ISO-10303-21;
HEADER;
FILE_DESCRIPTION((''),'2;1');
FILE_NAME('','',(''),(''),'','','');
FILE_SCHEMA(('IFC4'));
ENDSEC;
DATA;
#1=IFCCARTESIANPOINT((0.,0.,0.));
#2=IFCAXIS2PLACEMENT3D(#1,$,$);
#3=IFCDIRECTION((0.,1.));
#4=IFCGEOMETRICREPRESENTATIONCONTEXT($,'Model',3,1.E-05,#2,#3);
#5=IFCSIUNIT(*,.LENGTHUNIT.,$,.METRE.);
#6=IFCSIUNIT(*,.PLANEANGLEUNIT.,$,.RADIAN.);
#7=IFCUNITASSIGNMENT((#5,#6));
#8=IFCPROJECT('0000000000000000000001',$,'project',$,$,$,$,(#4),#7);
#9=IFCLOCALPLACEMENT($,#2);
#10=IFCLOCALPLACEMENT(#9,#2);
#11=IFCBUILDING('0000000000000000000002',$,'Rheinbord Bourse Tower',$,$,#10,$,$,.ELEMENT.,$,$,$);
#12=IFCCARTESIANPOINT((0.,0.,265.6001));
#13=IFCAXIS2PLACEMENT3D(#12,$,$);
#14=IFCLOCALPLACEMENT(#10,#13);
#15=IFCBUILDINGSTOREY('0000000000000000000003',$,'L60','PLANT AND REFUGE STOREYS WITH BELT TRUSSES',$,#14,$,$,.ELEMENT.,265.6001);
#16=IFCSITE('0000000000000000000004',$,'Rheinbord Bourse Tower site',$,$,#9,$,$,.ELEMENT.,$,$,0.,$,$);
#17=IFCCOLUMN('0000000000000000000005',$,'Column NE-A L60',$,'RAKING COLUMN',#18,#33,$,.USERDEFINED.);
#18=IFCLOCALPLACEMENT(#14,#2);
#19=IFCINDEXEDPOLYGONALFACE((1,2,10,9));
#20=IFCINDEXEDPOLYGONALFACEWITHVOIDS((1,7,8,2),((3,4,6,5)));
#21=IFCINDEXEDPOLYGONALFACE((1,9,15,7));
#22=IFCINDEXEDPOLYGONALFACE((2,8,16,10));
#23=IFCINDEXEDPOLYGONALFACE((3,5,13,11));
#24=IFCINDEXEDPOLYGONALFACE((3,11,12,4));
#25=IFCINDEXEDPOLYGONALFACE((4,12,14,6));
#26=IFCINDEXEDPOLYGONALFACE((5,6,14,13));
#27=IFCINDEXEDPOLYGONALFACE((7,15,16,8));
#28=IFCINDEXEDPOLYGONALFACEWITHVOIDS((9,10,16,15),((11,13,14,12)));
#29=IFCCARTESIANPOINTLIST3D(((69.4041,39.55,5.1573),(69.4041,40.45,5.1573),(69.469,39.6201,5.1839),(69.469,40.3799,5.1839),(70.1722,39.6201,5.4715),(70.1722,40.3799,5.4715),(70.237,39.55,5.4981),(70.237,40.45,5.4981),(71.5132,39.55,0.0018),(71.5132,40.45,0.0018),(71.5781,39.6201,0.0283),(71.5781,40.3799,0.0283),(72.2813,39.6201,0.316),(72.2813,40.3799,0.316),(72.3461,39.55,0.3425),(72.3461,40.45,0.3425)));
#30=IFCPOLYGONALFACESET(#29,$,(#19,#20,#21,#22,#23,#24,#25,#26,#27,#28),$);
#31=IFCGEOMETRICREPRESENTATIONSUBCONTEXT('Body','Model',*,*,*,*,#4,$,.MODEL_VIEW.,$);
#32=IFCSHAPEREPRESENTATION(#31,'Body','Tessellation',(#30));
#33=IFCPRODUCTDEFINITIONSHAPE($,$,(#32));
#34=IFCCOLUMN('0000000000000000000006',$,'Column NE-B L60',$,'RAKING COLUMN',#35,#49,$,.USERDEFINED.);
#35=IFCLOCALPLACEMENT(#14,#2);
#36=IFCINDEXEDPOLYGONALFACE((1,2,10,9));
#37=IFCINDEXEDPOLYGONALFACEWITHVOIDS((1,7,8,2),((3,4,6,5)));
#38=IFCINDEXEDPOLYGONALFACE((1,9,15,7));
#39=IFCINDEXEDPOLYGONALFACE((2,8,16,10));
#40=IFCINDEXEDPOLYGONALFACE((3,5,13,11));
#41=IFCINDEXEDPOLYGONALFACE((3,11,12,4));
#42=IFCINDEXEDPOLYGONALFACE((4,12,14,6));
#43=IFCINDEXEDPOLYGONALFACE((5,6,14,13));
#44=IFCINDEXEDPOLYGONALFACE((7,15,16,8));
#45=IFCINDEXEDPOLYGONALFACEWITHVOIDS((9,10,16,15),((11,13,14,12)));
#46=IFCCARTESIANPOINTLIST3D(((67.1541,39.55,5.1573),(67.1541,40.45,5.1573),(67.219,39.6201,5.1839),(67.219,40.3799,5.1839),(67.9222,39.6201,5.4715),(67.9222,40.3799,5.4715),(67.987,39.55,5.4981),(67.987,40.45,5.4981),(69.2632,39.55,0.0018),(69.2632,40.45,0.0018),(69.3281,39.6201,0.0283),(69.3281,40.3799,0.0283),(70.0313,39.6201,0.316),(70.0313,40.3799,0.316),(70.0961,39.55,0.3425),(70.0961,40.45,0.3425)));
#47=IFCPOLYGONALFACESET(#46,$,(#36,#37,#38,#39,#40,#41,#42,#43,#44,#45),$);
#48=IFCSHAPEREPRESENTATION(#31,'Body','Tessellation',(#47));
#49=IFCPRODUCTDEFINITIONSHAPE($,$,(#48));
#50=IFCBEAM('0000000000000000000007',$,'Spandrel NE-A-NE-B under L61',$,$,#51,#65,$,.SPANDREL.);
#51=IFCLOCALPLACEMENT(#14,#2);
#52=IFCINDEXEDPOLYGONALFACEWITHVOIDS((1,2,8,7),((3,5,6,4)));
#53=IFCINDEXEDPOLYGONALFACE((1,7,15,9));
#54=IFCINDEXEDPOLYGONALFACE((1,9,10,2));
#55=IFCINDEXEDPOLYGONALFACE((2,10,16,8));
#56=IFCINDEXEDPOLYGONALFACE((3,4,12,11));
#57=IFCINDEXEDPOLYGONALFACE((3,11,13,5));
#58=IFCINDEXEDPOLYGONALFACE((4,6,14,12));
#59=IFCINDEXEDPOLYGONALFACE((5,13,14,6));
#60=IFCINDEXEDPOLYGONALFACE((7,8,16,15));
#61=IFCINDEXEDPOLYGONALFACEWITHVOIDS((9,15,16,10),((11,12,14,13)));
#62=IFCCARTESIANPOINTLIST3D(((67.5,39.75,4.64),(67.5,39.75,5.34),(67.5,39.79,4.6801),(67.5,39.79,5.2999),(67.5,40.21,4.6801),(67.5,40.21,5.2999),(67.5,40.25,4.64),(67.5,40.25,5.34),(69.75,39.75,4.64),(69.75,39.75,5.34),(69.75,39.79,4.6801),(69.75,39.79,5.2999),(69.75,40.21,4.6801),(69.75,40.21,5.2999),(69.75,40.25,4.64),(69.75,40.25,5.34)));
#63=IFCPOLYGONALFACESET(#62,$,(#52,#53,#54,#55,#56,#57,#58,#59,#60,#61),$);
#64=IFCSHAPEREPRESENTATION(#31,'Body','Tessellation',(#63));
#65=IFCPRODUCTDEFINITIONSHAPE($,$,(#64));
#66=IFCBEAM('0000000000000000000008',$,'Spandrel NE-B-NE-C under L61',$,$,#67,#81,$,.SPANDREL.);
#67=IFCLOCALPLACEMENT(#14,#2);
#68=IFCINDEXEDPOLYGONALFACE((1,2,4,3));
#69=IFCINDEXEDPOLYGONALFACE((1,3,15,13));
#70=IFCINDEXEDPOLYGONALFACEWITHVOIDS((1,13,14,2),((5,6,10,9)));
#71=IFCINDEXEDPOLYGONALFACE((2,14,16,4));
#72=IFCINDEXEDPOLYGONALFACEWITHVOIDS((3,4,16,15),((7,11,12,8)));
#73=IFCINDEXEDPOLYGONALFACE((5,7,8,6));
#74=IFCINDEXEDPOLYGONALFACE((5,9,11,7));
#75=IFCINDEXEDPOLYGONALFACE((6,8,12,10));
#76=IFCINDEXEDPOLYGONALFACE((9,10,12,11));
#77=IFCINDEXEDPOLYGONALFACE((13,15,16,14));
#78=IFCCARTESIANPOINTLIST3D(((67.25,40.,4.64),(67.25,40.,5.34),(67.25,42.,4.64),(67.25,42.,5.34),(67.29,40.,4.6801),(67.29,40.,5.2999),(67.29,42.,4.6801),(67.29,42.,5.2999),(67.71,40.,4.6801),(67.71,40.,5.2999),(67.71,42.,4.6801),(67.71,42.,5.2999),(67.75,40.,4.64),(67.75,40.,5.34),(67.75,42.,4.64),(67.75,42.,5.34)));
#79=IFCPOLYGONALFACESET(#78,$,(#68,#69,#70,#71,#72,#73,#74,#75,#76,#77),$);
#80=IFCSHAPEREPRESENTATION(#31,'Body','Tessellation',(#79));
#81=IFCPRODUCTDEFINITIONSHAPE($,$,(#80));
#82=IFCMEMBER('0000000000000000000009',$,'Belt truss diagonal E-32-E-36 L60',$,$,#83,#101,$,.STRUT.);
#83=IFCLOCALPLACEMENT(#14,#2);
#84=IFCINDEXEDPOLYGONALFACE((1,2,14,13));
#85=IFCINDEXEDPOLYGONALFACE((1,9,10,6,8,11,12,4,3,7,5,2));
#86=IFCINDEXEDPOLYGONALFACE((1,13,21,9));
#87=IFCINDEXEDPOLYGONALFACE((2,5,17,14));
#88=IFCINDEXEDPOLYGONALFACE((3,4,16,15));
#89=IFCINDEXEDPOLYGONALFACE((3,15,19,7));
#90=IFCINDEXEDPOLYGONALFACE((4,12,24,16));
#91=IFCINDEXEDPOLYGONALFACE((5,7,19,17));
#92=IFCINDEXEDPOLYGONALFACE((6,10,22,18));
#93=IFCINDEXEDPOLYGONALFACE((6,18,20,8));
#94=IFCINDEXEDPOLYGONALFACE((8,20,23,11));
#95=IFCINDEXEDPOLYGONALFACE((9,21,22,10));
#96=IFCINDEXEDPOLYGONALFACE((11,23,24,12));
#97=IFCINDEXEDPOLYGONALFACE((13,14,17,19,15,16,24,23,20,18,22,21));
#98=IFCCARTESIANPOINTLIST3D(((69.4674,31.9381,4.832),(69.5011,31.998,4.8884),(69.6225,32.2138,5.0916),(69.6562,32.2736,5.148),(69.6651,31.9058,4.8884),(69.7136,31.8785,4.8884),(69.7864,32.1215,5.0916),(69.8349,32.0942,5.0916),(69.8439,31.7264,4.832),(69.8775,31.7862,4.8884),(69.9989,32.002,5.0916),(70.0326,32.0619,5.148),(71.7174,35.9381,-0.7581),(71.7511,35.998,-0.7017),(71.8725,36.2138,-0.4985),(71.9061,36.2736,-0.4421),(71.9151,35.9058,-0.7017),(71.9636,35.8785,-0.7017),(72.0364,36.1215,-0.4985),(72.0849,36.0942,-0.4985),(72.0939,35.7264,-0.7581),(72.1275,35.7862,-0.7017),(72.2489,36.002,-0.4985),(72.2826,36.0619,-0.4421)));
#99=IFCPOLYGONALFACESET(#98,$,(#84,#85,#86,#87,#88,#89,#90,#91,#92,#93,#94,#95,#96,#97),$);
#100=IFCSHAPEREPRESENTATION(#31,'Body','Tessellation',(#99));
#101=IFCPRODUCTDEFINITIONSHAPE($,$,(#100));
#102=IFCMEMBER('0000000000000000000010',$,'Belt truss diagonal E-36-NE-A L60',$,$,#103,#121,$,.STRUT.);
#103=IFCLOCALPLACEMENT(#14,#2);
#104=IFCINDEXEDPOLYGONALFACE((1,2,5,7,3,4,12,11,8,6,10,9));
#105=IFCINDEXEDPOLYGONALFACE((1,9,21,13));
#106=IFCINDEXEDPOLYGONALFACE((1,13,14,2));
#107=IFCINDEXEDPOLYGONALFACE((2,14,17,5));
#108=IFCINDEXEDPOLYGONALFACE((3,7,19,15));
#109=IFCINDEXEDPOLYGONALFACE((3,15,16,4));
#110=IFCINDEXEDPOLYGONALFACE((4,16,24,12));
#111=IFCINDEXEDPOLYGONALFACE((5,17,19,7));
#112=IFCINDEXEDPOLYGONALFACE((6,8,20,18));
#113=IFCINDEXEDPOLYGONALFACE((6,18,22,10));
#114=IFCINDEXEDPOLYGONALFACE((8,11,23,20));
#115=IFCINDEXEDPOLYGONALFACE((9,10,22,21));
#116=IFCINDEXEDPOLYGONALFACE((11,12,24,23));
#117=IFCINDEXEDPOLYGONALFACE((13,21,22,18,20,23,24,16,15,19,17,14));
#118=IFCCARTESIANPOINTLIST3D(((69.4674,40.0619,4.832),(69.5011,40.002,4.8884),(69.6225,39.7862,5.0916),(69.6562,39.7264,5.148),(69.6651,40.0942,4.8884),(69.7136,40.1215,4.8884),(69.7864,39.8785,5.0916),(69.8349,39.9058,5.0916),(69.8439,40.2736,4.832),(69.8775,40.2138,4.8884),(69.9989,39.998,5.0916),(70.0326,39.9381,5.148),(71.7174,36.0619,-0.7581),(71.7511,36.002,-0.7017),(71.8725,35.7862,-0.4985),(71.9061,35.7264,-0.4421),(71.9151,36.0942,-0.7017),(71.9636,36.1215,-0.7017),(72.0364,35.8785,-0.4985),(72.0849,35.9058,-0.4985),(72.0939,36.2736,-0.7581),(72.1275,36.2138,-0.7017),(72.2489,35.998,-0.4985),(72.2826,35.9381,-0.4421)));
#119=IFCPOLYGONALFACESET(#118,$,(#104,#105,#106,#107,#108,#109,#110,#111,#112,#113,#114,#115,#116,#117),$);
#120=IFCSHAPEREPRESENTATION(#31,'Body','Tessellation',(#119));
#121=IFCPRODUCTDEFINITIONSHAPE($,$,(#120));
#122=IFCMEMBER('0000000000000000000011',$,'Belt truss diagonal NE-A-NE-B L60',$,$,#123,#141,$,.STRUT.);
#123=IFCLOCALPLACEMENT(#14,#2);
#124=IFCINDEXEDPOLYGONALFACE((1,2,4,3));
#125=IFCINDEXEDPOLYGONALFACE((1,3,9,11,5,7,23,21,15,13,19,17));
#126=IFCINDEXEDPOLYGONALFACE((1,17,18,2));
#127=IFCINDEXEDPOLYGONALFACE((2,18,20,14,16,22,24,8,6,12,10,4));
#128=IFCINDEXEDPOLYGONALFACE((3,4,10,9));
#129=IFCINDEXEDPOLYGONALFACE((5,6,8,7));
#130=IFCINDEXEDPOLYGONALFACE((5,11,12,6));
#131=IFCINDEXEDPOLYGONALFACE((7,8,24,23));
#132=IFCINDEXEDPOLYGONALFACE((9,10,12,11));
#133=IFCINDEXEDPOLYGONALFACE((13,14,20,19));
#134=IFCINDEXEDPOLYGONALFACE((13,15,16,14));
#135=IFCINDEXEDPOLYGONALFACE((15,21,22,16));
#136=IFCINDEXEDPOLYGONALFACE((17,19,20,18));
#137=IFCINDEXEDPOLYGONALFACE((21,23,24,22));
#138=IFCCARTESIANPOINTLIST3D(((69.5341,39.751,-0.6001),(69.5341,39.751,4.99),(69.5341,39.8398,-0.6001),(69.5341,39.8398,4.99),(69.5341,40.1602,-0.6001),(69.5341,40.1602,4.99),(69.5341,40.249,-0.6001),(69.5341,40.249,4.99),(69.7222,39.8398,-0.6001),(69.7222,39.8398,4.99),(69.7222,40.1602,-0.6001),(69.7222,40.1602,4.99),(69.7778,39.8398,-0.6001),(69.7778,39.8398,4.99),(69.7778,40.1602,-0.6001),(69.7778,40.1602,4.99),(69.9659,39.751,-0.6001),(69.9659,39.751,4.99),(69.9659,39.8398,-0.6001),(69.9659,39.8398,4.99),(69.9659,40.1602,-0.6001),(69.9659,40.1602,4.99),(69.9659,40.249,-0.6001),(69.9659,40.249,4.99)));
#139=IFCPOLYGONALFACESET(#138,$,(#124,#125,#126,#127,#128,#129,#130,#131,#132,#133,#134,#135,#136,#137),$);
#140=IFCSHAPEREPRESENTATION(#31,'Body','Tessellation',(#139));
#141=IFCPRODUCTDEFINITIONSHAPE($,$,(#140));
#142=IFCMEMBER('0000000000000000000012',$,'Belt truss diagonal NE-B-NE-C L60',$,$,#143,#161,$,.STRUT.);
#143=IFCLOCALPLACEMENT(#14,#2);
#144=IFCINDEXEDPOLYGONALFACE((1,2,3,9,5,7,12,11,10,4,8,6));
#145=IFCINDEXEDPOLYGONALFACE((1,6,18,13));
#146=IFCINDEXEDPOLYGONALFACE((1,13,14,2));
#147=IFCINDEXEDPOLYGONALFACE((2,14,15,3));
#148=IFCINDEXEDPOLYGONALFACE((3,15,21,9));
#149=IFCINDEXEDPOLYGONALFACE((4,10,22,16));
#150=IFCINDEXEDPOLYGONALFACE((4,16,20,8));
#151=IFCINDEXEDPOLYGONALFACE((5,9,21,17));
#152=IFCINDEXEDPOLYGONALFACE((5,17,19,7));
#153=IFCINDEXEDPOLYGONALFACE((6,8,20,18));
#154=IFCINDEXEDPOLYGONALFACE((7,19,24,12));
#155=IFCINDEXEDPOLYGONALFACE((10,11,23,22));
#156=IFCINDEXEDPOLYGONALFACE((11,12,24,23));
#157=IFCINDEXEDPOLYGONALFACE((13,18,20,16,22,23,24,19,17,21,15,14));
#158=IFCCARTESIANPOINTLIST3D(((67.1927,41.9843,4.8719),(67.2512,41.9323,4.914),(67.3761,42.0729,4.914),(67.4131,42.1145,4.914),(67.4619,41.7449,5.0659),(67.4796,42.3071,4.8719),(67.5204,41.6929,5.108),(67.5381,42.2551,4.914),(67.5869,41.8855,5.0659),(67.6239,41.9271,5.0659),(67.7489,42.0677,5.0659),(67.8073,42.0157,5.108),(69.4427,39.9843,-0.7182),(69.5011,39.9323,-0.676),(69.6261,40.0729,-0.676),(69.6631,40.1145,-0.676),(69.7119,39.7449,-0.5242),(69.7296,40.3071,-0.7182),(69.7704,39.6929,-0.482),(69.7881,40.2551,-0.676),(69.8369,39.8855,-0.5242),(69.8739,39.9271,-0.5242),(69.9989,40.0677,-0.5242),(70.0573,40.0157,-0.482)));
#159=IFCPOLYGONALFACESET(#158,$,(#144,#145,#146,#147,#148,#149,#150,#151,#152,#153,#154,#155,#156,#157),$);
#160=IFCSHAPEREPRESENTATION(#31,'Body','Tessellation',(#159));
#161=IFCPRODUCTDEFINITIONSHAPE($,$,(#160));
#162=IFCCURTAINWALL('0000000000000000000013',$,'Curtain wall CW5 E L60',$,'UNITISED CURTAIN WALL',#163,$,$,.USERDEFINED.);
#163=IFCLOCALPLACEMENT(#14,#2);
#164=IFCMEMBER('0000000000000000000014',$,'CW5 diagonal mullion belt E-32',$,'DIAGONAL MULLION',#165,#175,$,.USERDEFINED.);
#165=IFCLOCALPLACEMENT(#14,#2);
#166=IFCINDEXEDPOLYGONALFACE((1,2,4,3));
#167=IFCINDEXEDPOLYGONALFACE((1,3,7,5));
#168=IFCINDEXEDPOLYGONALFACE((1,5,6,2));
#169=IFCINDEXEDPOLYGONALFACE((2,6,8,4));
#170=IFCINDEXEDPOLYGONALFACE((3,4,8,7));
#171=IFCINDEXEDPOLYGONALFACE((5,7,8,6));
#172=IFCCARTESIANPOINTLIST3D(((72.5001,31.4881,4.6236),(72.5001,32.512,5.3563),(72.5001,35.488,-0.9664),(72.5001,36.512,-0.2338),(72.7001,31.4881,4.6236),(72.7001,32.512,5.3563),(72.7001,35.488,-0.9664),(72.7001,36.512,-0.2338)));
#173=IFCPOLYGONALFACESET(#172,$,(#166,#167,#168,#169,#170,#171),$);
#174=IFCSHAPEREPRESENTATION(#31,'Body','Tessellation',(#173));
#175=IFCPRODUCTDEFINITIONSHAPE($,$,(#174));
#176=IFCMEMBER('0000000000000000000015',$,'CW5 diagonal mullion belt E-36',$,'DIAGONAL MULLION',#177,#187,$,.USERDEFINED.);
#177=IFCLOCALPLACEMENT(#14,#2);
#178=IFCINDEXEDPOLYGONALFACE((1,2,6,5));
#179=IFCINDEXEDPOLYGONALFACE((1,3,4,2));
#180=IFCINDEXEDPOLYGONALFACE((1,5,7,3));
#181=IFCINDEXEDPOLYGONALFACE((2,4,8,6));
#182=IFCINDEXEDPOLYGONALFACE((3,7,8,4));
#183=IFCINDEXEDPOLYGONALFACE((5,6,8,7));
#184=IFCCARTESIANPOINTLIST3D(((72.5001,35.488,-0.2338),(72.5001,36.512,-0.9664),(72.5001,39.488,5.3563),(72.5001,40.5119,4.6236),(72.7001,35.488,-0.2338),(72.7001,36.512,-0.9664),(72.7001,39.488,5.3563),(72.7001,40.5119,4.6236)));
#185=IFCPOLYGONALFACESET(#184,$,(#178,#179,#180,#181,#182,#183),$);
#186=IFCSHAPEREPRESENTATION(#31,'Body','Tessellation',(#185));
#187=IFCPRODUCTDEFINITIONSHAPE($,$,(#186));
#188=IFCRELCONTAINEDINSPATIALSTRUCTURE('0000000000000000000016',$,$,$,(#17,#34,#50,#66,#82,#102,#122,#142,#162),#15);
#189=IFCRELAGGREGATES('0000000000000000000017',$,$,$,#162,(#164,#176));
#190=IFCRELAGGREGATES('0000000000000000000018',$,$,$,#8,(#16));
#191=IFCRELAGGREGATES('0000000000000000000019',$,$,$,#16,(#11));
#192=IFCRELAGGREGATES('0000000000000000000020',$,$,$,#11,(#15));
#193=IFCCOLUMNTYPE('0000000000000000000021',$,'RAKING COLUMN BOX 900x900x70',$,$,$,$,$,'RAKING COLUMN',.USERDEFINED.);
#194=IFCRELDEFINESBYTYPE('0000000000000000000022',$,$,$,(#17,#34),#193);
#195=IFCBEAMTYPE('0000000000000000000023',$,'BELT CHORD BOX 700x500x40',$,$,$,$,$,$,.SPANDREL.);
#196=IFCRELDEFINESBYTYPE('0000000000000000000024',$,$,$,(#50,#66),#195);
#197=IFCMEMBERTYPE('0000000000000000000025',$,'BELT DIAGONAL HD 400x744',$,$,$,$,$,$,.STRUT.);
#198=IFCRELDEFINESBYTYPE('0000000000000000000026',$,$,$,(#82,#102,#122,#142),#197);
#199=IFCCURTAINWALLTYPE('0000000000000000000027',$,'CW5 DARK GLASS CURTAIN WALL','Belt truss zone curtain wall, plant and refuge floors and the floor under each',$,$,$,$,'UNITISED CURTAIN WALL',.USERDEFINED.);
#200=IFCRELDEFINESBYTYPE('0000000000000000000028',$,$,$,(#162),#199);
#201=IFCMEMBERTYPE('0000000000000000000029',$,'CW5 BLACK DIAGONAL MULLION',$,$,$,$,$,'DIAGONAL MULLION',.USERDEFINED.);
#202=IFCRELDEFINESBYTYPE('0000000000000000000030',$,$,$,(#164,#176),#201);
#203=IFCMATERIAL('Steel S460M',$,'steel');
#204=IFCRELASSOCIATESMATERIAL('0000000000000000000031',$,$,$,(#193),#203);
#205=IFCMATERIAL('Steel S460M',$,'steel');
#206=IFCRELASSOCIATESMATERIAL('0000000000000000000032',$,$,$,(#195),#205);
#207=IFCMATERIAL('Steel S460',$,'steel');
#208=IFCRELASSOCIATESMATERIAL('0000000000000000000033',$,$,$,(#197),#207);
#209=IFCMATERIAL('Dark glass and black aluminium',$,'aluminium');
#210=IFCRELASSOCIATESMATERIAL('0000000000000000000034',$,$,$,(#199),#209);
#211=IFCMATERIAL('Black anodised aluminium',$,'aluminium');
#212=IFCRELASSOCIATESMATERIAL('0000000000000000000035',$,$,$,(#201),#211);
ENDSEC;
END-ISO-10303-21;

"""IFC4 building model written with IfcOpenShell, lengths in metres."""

from ifc_helpers import new_model, si_unit, direction, frame, origin, origin_2d, place, context, subcontext, project, spatial, rectangle, hollow_rectangle, i_section, extrude, material, material_profile, profile_set, type_object, element, aggregate, save


model = new_model("IFC4")

# Units and contexts
model_context = context("Model", 3, precision=1e-05, world=origin(), true_north=direction((0.0, 1.0)))
body_context = subcontext(model_context, "Body", "Model", "MODEL_VIEW")
ifc_project = project(units=[si_unit("LENGTHUNIT", "METRE"), si_unit("PLANEANGLEUNIT", "RADIAN")], contexts=[model_context])

# Site, building, storey
site_placement = place(None, origin())
site = spatial("IfcSite", under=ifc_project, at=site_placement, Name="Rheinbord Bourse Tower site", CompositionType="ELEMENT", RefElevation=0.0)
building_placement = place(site_placement, origin())
building = spatial("IfcBuilding", under=site, at=building_placement, Name="Rheinbord Bourse Tower", CompositionType="ELEMENT")
storey_placement = place(building_placement, frame((0.0, 0.0, 265.6001)))
storey = spatial("IfcBuildingStorey", under=building, at=storey_placement, Name="L60", Description="PLANT AND REFUGE STOREYS WITH BELT TRUSSES", CompositionType="ELEMENT", Elevation=265.6001)

# Columns
ifc_material_1 = material(Name="Steel S460M", Category="steel")
ifc_material_profile_1 = material_profile(ifc_material_1, hollow_rectangle(XDim=0.8999, YDim=0.8999, WallThickness=0.0701, at=origin_2d()), Name="BOX 900x900x70")
ifc_profile_set_1 = profile_set([ifc_material_profile_1], Name="Steel S460M")
column_type = type_object("IfcColumnType", Name="RAKING COLUMN BOX 900x900x70", ElementType="RAKING COLUMN", PredefinedType="USERDEFINED", material=ifc_profile_set_1)
for number, where, z_axis, x_axis, name in (
    (1, (71.9297, 40.0, 0.1721), (-0.378633, 0.0, 0.925547), (0.925547, 0.0, 0.378633), "Column NE-A L60"),
    (2, (69.6797, 40.0, 0.1721), (-0.378633, 0.0, 0.925547), (0.925547, 0.0, 0.378633), "Column NE-B L60"),
):
    element("IfcColumn", number, at=place(storey_placement, frame(where, z_axis=z_axis, x_axis=x_axis)), inside=storey, type_object=column_type, Name=name, ObjectType="RAKING COLUMN", PredefinedType="USERDEFINED", context=body_context, shape_type="SweptSolid", body=[
        extrude(hollow_rectangle(XDim=0.8999, YDim=0.8999, WallThickness=0.0701, at=origin_2d()), origin(), (0.0, 0.0, 1.0), 5.5703),
    ])

# Beams
ifc_material_2 = material(Name="Steel S460M", Category="steel")
ifc_material_profile_2 = material_profile(ifc_material_2, hollow_rectangle(XDim=0.5, YDim=0.7, WallThickness=0.04, at=origin_2d()), Name="BOX 700x500x40")
ifc_profile_set_2 = profile_set([ifc_material_profile_2], Name="Steel S460M")
beam_type = type_object("IfcBeamType", Name="BELT CHORD BOX 700x500x40", PredefinedType="SPANDREL", material=ifc_profile_set_2)
beam_1_placement = place(storey_placement, frame((69.75, 40.0, 4.99), z_axis=(-1.0, 0.0, 0.0), x_axis=(0.0, -1.0, 0.0)))
element("IfcBeam", 3, at=beam_1_placement, inside=storey, type_object=beam_type, Name="Spandrel NE-A-NE-B under L61", PredefinedType="SPANDREL", context=body_context, shape_type="SweptSolid", body=[
    extrude(hollow_rectangle(XDim=0.5, YDim=0.7, WallThickness=0.04, at=origin_2d()), origin(), (0.0, 0.0, 1.0), 2.25),
])
beam_2_placement = place(storey_placement, frame((67.5, 40.0, 4.99), z_axis=(0.0, 1.0, 0.0), x_axis=(-1.0, 0.0, 0.0)))
element("IfcBeam", 4, at=beam_2_placement, inside=storey, type_object=beam_type, Name="Spandrel NE-B-NE-C under L61", PredefinedType="SPANDREL", context=body_context, shape_type="SweptSolid", body=[
    extrude(hollow_rectangle(XDim=0.5, YDim=0.7, WallThickness=0.04, at=origin_2d()), origin(), (0.0, 0.0, 1.0), 2.0),
])

# Members
ifc_material_3 = material(Name="Steel S460", Category="steel")
ifc_material_profile_3 = material_profile(ifc_material_3, i_section(OverallWidth=0.4319, OverallDepth=0.498, WebThickness=0.0557, FlangeThickness=0.0889, at=origin_2d()), Name="HD 400x744")
ifc_profile_set_3 = profile_set([ifc_material_profile_3], Name="Steel S460")
member_type_1 = type_object("IfcMemberType", Name="BELT DIAGONAL HD 400x744", PredefinedType="STRUT", material=ifc_profile_set_3)
for number, where, z_axis, x_axis, name in (
    (5, (72.0, 36.0, -0.6001), (-0.311088, -0.553046, 0.772894), (0.871576, -0.490261, 0.0), "Belt truss diagonal E-32-E-36 L60"),
    (6, (72.0, 36.0, -0.6001), (-0.311088, 0.553046, 0.772894), (-0.871576, -0.490261, 0.0), "Belt truss diagonal E-36-NE-A L60"),
):
    element("IfcMember", number, at=place(storey_placement, frame(where, z_axis=z_axis, x_axis=x_axis)), inside=storey, type_object=member_type_1, Name=name, PredefinedType="STRUT", context=body_context, shape_type="SweptSolid", body=[
        extrude(i_section(OverallWidth=0.4319, OverallDepth=0.498, WebThickness=0.0557, FlangeThickness=0.0889, at=origin_2d()), origin(), (0.0, 0.0, 1.0), 7.2327),
    ])
member_1_placement = place(storey_placement, frame((69.75, 40.0, -0.6001), z_axis=(0.0, 0.0, 1.0), x_axis=(1.0, 0.0, 0.0)))
element("IfcMember", 7, at=member_1_placement, inside=storey, type_object=member_type_1, Name="Belt truss diagonal NE-A-NE-B L60", PredefinedType="STRUT", context=body_context, shape_type="SweptSolid", body=[
    extrude(i_section(OverallWidth=0.4319, OverallDepth=0.498, WebThickness=0.0557, FlangeThickness=0.0889, at=origin_2d()), origin(), (0.0, 0.0, 1.0), 5.5901),
])
member_2_placement = place(storey_placement, frame((69.75, 40.0, -0.6001), z_axis=(-0.354379, 0.315003, 0.880448), x_axis=(-0.664364, -0.747409, 0.0)))
element("IfcMember", 8, at=member_2_placement, inside=storey, type_object=member_type_1, Name="Belt truss diagonal NE-B-NE-C L60", PredefinedType="STRUT", context=body_context, shape_type="SweptSolid", body=[
    extrude(i_section(OverallWidth=0.4319, OverallDepth=0.498, WebThickness=0.0557, FlangeThickness=0.0889, at=origin_2d()), origin(), (0.0, 0.0, 1.0), 6.3491),
])

# Curtain wall, members
ifc_material_4 = material(Name="Dark glass and black aluminium", Category="aluminium")
curtain_wall_type = type_object("IfcCurtainWallType", Name="CW5 DARK GLASS CURTAIN WALL", Description="Belt truss zone curtain wall, plant and refuge floors and the floor under each", ElementType="UNITISED CURTAIN WALL", PredefinedType="USERDEFINED", material=ifc_material_4)
curtain_wall_placement = place(storey_placement, origin())
curtain_wall = element("IfcCurtainWall", 9, at=curtain_wall_placement, inside=storey, type_object=curtain_wall_type, Name="Curtain wall CW5 E L60", ObjectType="UNITISED CURTAIN WALL", PredefinedType="USERDEFINED")
ifc_material_5 = material(Name="Black anodised aluminium", Category="aluminium")
ifc_material_profile_4 = material_profile(ifc_material_5, rectangle(XDim=0.2, YDim=1.259, at=origin_2d()), Name="CW5 DIAGONAL MULLION 1259x200")
ifc_profile_set_4 = profile_set([ifc_material_profile_4], Name="Black anodised aluminium")
member_type_2 = type_object("IfcMemberType", Name="CW5 BLACK DIAGONAL MULLION", ElementType="DIAGONAL MULLION", PredefinedType="USERDEFINED", material=ifc_profile_set_4)
member_3_placement = place(storey_placement, frame((72.6001, 36.0, -0.6001), z_axis=(0.0, -0.58192, 0.813246), x_axis=(1.0, 0.0, 0.0)))
member_3 = element("IfcMember", 10, at=member_3_placement, type_object=member_type_2, Name="CW5 diagonal mullion belt E-32", ObjectType="DIAGONAL MULLION", PredefinedType="USERDEFINED", context=body_context, shape_type="SweptSolid", body=[
    extrude(rectangle(XDim=0.2, YDim=1.259, at=origin_2d()), origin(), (0.0, 0.0, 1.0), 6.8738),
])
member_4_placement = place(storey_placement, frame((72.6001, 36.0, -0.6001), z_axis=(0.0, 0.58192, 0.813246), x_axis=(-1.0, 0.0, 0.0)))
member_4 = element("IfcMember", 11, at=member_4_placement, type_object=member_type_2, Name="CW5 diagonal mullion belt E-36", ObjectType="DIAGONAL MULLION", PredefinedType="USERDEFINED", context=body_context, shape_type="SweptSolid", body=[
    extrude(rectangle(XDim=0.2, YDim=1.259, at=origin_2d()), origin(), (0.0, 0.0, 1.0), 6.8738),
])

aggregate(curtain_wall, [member_3, member_4])

save(model, "model.ifc")
